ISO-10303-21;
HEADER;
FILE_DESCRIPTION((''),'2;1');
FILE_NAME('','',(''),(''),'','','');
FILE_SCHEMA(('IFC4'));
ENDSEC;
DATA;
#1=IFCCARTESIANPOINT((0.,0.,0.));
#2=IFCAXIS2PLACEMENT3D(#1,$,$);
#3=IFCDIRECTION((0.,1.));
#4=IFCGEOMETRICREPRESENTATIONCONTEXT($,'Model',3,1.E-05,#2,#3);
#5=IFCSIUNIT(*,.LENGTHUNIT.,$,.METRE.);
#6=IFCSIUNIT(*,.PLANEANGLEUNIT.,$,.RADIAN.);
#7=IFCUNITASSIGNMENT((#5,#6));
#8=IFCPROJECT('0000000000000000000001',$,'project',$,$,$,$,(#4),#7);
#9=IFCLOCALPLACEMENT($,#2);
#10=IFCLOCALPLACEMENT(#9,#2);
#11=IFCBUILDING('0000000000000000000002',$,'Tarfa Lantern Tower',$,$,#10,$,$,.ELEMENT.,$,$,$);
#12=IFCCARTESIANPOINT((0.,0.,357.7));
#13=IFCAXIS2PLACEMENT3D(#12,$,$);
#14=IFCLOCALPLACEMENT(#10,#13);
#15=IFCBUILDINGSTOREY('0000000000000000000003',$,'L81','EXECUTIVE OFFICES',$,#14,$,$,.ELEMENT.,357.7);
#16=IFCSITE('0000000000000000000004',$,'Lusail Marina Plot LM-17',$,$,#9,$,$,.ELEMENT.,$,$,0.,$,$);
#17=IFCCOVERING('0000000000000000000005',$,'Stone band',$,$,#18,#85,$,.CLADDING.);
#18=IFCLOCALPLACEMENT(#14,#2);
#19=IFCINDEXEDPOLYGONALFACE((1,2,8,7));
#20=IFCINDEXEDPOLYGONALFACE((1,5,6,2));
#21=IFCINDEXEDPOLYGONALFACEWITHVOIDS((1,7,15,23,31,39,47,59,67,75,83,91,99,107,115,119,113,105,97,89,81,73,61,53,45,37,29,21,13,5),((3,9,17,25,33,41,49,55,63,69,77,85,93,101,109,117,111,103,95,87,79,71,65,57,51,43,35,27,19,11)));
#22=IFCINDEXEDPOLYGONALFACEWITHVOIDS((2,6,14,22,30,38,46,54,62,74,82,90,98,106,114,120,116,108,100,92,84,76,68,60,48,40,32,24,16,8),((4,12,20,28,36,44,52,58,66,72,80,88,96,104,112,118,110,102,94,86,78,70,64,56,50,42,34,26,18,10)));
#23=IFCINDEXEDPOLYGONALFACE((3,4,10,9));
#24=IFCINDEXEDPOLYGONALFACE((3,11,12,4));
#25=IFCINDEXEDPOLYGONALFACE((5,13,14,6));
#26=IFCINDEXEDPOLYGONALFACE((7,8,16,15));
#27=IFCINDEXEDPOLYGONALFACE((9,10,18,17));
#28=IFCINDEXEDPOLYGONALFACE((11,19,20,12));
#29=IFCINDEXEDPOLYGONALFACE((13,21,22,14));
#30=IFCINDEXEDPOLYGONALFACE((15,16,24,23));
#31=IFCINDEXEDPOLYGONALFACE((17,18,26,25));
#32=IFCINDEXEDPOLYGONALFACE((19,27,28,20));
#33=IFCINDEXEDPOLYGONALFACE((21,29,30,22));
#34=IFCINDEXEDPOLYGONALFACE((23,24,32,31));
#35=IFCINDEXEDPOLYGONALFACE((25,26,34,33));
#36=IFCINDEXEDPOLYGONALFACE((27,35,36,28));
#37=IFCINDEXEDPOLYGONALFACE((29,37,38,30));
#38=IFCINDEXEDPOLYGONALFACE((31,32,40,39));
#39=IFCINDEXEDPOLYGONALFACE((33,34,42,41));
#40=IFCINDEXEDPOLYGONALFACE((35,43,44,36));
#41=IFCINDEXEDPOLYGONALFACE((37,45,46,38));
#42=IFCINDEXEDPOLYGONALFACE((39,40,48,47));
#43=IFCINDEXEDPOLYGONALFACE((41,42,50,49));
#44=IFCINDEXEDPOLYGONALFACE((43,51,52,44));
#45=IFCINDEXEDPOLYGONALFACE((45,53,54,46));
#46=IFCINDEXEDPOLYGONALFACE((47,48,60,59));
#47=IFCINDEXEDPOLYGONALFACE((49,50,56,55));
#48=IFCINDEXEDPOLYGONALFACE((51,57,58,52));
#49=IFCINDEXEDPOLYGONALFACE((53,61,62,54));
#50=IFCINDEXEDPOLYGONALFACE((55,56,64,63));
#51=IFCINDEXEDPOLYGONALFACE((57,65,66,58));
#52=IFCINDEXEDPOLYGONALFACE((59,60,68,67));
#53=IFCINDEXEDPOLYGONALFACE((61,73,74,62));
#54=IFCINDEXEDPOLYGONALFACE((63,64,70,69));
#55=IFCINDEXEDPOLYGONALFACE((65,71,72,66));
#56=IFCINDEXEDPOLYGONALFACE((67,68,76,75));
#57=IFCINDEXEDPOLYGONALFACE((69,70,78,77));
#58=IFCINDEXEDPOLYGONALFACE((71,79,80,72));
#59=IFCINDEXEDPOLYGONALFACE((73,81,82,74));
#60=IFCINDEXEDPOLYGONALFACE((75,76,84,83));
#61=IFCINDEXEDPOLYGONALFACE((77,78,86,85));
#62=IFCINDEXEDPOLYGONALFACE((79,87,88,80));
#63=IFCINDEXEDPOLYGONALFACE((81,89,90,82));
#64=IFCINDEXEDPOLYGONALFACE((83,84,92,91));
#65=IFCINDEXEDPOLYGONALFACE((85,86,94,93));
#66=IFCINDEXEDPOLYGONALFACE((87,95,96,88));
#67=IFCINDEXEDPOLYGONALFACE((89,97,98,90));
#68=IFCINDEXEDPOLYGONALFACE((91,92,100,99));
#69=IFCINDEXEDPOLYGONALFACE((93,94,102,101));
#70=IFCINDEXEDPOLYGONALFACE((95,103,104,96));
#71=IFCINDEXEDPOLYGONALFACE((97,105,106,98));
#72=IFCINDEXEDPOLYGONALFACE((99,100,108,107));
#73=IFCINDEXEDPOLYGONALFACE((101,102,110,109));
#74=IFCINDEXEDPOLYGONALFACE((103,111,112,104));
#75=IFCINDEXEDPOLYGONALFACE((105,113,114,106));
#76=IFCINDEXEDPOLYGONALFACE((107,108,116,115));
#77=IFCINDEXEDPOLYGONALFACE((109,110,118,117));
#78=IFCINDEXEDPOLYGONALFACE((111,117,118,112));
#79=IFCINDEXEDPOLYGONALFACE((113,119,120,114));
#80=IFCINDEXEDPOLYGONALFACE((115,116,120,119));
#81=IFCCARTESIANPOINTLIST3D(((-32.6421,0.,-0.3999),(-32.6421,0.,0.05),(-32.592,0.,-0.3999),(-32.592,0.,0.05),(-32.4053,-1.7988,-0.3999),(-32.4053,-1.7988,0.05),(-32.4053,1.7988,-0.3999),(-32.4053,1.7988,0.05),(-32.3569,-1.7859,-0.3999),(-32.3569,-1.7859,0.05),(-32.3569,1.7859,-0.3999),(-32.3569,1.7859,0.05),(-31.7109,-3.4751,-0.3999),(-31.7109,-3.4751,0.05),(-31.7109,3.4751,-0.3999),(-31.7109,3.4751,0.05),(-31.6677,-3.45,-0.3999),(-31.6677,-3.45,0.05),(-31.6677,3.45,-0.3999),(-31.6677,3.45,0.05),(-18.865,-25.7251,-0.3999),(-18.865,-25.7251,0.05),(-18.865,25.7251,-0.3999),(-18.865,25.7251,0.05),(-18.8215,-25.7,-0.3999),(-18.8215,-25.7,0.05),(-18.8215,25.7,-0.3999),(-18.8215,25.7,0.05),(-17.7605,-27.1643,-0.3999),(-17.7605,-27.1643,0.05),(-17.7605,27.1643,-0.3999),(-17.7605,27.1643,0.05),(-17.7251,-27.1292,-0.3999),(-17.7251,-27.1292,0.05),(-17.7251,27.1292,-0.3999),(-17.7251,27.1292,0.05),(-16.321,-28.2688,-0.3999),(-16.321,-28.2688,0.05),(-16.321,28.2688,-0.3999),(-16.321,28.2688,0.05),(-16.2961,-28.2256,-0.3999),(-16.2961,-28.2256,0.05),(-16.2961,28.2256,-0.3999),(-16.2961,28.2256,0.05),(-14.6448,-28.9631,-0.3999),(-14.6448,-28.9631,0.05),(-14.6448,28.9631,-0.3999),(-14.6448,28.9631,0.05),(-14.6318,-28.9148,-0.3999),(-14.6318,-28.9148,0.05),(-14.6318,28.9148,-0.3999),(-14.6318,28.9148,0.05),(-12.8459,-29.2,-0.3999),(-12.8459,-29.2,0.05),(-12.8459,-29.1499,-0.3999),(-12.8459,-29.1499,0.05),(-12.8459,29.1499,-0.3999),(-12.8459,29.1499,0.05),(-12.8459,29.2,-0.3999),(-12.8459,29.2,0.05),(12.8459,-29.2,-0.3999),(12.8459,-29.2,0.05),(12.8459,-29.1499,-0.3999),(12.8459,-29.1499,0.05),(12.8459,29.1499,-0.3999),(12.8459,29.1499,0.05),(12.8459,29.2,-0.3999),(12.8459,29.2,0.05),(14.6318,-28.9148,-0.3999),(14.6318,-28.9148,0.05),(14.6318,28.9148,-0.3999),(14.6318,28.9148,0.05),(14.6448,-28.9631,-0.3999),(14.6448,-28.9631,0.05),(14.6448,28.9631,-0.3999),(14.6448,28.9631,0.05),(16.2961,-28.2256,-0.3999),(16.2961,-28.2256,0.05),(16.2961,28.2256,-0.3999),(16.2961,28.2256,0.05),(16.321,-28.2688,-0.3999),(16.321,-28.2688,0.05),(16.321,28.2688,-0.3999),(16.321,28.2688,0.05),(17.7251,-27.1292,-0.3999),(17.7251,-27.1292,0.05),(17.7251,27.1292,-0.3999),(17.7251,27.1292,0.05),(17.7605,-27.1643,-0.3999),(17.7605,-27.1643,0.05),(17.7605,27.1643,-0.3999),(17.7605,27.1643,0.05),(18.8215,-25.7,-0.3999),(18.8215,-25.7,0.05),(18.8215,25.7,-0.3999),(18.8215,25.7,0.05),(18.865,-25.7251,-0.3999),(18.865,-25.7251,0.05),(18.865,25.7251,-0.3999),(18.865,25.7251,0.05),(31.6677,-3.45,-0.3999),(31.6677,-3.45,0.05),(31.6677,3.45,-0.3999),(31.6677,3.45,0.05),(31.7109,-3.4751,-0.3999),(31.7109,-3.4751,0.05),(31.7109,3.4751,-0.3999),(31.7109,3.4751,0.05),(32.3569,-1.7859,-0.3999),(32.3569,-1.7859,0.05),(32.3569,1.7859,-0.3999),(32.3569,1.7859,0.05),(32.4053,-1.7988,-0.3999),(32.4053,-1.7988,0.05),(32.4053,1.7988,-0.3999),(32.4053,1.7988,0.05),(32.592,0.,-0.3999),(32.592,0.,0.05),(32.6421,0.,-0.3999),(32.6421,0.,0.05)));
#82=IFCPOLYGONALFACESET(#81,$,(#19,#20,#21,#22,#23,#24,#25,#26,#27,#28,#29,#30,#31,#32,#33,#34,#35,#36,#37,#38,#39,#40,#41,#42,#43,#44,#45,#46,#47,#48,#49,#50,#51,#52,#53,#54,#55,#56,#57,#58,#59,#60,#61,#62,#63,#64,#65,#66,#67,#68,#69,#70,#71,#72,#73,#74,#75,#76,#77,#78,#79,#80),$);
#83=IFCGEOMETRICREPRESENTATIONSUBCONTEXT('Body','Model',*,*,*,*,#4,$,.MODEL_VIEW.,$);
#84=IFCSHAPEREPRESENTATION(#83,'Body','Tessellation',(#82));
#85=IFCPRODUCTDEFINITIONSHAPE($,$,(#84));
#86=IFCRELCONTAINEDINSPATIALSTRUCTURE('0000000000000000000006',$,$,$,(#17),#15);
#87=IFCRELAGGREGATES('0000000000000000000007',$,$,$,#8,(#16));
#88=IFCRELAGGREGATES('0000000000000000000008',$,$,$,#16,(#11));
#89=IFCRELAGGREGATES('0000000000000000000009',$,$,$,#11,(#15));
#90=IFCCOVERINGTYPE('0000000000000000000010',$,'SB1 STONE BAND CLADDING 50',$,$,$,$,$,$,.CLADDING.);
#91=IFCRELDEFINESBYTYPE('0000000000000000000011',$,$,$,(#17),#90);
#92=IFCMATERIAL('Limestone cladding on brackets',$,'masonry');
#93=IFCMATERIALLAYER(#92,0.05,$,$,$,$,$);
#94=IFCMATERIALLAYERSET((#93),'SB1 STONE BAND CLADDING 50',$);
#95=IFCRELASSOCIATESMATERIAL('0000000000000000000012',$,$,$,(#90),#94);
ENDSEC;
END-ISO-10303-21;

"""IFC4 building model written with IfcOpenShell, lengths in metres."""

from ifc_helpers import new_model, si_unit, direction, frame, origin, place, context, subcontext, project, spatial, polyline, outline, extrude, material, layer, layer_set, type_object, element, save


model = new_model("IFC4")

# Units and contexts
model_context = context("Model", 3, precision=1e-05, world=origin(), true_north=direction((0.0, 1.0)))
body_context = subcontext(model_context, "Body", "Model", "MODEL_VIEW")
ifc_project = project(units=[si_unit("LENGTHUNIT", "METRE"), si_unit("PLANEANGLEUNIT", "RADIAN")], contexts=[model_context])

# Site, building, storey
site_placement = place(None, origin())
site = spatial("IfcSite", under=ifc_project, at=site_placement, Name="Lusail Marina Plot LM-17", CompositionType="ELEMENT", RefElevation=0.0)
building_placement = place(site_placement, origin())
building = spatial("IfcBuilding", under=site, at=building_placement, Name="Tarfa Lantern Tower", CompositionType="ELEMENT")
storey_placement = place(building_placement, frame((0.0, 0.0, 357.7)))
storey = spatial("IfcBuildingStorey", under=building, at=storey_placement, Name="L81", Description="EXECUTIVE OFFICES", CompositionType="ELEMENT", Elevation=357.7)

# Covering
ifc_material_1 = material(Name="Limestone cladding on brackets", Category="masonry")
ifc_layer_1 = layer(ifc_material_1, 0.05)
ifc_layer_set_1 = layer_set([ifc_layer_1], Name="SB1 STONE BAND CLADDING 50")
covering_type_1 = type_object("IfcCoveringType", Name="SB1 STONE BAND CLADDING 50", PredefinedType="CLADDING", material=ifc_layer_set_1)
covering_1_placement = place(storey_placement, frame((0.0, 0.0, -0.3999)))
element("IfcCovering", 1, at=covering_1_placement, inside=storey, type_object=covering_type_1, Name="Stone band", PredefinedType="CLADDING", context=body_context, shape_type="SweptSolid", body=[
    extrude(outline(polyline([(31.7109, 3.4751), (18.865, 25.7251), (17.7605, 27.1643), (16.321, 28.2688), (14.6448, 28.9631), (12.8459, 29.2), (-12.8459, 29.2), (-14.6448, 28.9631), (-16.321, 28.2688), (-17.7605, 27.1643), (-18.865, 25.7251), (-31.7109, 3.4751), (-32.4053, 1.7988), (-32.6421, 0.0), (-32.4053, -1.7988), (-31.7109, -3.4751), (-18.865, -25.7251), (-17.7605, -27.1643), (-16.321, -28.2688), (-14.6448, -28.9631), (-12.8459, -29.2), (12.8459, -29.2), (14.6448, -28.9631), (16.321, -28.2688), (17.7605, -27.1643), (18.865, -25.7251), (31.7109, -3.4751), (32.4053, -1.7988), (32.6421, 0.0), (32.4053, 1.7988), (31.7109, 3.4751)]), holes=[polyline([(31.6677, 3.45), (18.8215, 25.7), (17.7251, 27.1292), (16.2961, 28.2256), (14.6318, 28.9148), (12.8459, 29.1499), (-12.8459, 29.1499), (-14.6318, 28.9148), (-16.2961, 28.2256), (-17.7251, 27.1292), (-18.8215, 25.7), (-31.6677, 3.45), (-32.3569, 1.7859), (-32.592, 0.0), (-32.3569, -1.7859), (-31.6677, -3.45), (-18.8215, -25.7), (-17.7251, -27.1292), (-16.2961, -28.2256), (-14.6318, -28.9148), (-12.8459, -29.1499), (12.8459, -29.1499), (14.6318, -28.9148), (16.2961, -28.2256), (17.7251, -27.1292), (18.8215, -25.7), (31.6677, -3.45), (32.3569, -1.7859), (32.592, 0.0), (32.3569, 1.7859), (31.6677, 3.45)])]), origin(), (0.0, 0.0, 1.0), 0.45),
])

save(model, "model.ifc")
